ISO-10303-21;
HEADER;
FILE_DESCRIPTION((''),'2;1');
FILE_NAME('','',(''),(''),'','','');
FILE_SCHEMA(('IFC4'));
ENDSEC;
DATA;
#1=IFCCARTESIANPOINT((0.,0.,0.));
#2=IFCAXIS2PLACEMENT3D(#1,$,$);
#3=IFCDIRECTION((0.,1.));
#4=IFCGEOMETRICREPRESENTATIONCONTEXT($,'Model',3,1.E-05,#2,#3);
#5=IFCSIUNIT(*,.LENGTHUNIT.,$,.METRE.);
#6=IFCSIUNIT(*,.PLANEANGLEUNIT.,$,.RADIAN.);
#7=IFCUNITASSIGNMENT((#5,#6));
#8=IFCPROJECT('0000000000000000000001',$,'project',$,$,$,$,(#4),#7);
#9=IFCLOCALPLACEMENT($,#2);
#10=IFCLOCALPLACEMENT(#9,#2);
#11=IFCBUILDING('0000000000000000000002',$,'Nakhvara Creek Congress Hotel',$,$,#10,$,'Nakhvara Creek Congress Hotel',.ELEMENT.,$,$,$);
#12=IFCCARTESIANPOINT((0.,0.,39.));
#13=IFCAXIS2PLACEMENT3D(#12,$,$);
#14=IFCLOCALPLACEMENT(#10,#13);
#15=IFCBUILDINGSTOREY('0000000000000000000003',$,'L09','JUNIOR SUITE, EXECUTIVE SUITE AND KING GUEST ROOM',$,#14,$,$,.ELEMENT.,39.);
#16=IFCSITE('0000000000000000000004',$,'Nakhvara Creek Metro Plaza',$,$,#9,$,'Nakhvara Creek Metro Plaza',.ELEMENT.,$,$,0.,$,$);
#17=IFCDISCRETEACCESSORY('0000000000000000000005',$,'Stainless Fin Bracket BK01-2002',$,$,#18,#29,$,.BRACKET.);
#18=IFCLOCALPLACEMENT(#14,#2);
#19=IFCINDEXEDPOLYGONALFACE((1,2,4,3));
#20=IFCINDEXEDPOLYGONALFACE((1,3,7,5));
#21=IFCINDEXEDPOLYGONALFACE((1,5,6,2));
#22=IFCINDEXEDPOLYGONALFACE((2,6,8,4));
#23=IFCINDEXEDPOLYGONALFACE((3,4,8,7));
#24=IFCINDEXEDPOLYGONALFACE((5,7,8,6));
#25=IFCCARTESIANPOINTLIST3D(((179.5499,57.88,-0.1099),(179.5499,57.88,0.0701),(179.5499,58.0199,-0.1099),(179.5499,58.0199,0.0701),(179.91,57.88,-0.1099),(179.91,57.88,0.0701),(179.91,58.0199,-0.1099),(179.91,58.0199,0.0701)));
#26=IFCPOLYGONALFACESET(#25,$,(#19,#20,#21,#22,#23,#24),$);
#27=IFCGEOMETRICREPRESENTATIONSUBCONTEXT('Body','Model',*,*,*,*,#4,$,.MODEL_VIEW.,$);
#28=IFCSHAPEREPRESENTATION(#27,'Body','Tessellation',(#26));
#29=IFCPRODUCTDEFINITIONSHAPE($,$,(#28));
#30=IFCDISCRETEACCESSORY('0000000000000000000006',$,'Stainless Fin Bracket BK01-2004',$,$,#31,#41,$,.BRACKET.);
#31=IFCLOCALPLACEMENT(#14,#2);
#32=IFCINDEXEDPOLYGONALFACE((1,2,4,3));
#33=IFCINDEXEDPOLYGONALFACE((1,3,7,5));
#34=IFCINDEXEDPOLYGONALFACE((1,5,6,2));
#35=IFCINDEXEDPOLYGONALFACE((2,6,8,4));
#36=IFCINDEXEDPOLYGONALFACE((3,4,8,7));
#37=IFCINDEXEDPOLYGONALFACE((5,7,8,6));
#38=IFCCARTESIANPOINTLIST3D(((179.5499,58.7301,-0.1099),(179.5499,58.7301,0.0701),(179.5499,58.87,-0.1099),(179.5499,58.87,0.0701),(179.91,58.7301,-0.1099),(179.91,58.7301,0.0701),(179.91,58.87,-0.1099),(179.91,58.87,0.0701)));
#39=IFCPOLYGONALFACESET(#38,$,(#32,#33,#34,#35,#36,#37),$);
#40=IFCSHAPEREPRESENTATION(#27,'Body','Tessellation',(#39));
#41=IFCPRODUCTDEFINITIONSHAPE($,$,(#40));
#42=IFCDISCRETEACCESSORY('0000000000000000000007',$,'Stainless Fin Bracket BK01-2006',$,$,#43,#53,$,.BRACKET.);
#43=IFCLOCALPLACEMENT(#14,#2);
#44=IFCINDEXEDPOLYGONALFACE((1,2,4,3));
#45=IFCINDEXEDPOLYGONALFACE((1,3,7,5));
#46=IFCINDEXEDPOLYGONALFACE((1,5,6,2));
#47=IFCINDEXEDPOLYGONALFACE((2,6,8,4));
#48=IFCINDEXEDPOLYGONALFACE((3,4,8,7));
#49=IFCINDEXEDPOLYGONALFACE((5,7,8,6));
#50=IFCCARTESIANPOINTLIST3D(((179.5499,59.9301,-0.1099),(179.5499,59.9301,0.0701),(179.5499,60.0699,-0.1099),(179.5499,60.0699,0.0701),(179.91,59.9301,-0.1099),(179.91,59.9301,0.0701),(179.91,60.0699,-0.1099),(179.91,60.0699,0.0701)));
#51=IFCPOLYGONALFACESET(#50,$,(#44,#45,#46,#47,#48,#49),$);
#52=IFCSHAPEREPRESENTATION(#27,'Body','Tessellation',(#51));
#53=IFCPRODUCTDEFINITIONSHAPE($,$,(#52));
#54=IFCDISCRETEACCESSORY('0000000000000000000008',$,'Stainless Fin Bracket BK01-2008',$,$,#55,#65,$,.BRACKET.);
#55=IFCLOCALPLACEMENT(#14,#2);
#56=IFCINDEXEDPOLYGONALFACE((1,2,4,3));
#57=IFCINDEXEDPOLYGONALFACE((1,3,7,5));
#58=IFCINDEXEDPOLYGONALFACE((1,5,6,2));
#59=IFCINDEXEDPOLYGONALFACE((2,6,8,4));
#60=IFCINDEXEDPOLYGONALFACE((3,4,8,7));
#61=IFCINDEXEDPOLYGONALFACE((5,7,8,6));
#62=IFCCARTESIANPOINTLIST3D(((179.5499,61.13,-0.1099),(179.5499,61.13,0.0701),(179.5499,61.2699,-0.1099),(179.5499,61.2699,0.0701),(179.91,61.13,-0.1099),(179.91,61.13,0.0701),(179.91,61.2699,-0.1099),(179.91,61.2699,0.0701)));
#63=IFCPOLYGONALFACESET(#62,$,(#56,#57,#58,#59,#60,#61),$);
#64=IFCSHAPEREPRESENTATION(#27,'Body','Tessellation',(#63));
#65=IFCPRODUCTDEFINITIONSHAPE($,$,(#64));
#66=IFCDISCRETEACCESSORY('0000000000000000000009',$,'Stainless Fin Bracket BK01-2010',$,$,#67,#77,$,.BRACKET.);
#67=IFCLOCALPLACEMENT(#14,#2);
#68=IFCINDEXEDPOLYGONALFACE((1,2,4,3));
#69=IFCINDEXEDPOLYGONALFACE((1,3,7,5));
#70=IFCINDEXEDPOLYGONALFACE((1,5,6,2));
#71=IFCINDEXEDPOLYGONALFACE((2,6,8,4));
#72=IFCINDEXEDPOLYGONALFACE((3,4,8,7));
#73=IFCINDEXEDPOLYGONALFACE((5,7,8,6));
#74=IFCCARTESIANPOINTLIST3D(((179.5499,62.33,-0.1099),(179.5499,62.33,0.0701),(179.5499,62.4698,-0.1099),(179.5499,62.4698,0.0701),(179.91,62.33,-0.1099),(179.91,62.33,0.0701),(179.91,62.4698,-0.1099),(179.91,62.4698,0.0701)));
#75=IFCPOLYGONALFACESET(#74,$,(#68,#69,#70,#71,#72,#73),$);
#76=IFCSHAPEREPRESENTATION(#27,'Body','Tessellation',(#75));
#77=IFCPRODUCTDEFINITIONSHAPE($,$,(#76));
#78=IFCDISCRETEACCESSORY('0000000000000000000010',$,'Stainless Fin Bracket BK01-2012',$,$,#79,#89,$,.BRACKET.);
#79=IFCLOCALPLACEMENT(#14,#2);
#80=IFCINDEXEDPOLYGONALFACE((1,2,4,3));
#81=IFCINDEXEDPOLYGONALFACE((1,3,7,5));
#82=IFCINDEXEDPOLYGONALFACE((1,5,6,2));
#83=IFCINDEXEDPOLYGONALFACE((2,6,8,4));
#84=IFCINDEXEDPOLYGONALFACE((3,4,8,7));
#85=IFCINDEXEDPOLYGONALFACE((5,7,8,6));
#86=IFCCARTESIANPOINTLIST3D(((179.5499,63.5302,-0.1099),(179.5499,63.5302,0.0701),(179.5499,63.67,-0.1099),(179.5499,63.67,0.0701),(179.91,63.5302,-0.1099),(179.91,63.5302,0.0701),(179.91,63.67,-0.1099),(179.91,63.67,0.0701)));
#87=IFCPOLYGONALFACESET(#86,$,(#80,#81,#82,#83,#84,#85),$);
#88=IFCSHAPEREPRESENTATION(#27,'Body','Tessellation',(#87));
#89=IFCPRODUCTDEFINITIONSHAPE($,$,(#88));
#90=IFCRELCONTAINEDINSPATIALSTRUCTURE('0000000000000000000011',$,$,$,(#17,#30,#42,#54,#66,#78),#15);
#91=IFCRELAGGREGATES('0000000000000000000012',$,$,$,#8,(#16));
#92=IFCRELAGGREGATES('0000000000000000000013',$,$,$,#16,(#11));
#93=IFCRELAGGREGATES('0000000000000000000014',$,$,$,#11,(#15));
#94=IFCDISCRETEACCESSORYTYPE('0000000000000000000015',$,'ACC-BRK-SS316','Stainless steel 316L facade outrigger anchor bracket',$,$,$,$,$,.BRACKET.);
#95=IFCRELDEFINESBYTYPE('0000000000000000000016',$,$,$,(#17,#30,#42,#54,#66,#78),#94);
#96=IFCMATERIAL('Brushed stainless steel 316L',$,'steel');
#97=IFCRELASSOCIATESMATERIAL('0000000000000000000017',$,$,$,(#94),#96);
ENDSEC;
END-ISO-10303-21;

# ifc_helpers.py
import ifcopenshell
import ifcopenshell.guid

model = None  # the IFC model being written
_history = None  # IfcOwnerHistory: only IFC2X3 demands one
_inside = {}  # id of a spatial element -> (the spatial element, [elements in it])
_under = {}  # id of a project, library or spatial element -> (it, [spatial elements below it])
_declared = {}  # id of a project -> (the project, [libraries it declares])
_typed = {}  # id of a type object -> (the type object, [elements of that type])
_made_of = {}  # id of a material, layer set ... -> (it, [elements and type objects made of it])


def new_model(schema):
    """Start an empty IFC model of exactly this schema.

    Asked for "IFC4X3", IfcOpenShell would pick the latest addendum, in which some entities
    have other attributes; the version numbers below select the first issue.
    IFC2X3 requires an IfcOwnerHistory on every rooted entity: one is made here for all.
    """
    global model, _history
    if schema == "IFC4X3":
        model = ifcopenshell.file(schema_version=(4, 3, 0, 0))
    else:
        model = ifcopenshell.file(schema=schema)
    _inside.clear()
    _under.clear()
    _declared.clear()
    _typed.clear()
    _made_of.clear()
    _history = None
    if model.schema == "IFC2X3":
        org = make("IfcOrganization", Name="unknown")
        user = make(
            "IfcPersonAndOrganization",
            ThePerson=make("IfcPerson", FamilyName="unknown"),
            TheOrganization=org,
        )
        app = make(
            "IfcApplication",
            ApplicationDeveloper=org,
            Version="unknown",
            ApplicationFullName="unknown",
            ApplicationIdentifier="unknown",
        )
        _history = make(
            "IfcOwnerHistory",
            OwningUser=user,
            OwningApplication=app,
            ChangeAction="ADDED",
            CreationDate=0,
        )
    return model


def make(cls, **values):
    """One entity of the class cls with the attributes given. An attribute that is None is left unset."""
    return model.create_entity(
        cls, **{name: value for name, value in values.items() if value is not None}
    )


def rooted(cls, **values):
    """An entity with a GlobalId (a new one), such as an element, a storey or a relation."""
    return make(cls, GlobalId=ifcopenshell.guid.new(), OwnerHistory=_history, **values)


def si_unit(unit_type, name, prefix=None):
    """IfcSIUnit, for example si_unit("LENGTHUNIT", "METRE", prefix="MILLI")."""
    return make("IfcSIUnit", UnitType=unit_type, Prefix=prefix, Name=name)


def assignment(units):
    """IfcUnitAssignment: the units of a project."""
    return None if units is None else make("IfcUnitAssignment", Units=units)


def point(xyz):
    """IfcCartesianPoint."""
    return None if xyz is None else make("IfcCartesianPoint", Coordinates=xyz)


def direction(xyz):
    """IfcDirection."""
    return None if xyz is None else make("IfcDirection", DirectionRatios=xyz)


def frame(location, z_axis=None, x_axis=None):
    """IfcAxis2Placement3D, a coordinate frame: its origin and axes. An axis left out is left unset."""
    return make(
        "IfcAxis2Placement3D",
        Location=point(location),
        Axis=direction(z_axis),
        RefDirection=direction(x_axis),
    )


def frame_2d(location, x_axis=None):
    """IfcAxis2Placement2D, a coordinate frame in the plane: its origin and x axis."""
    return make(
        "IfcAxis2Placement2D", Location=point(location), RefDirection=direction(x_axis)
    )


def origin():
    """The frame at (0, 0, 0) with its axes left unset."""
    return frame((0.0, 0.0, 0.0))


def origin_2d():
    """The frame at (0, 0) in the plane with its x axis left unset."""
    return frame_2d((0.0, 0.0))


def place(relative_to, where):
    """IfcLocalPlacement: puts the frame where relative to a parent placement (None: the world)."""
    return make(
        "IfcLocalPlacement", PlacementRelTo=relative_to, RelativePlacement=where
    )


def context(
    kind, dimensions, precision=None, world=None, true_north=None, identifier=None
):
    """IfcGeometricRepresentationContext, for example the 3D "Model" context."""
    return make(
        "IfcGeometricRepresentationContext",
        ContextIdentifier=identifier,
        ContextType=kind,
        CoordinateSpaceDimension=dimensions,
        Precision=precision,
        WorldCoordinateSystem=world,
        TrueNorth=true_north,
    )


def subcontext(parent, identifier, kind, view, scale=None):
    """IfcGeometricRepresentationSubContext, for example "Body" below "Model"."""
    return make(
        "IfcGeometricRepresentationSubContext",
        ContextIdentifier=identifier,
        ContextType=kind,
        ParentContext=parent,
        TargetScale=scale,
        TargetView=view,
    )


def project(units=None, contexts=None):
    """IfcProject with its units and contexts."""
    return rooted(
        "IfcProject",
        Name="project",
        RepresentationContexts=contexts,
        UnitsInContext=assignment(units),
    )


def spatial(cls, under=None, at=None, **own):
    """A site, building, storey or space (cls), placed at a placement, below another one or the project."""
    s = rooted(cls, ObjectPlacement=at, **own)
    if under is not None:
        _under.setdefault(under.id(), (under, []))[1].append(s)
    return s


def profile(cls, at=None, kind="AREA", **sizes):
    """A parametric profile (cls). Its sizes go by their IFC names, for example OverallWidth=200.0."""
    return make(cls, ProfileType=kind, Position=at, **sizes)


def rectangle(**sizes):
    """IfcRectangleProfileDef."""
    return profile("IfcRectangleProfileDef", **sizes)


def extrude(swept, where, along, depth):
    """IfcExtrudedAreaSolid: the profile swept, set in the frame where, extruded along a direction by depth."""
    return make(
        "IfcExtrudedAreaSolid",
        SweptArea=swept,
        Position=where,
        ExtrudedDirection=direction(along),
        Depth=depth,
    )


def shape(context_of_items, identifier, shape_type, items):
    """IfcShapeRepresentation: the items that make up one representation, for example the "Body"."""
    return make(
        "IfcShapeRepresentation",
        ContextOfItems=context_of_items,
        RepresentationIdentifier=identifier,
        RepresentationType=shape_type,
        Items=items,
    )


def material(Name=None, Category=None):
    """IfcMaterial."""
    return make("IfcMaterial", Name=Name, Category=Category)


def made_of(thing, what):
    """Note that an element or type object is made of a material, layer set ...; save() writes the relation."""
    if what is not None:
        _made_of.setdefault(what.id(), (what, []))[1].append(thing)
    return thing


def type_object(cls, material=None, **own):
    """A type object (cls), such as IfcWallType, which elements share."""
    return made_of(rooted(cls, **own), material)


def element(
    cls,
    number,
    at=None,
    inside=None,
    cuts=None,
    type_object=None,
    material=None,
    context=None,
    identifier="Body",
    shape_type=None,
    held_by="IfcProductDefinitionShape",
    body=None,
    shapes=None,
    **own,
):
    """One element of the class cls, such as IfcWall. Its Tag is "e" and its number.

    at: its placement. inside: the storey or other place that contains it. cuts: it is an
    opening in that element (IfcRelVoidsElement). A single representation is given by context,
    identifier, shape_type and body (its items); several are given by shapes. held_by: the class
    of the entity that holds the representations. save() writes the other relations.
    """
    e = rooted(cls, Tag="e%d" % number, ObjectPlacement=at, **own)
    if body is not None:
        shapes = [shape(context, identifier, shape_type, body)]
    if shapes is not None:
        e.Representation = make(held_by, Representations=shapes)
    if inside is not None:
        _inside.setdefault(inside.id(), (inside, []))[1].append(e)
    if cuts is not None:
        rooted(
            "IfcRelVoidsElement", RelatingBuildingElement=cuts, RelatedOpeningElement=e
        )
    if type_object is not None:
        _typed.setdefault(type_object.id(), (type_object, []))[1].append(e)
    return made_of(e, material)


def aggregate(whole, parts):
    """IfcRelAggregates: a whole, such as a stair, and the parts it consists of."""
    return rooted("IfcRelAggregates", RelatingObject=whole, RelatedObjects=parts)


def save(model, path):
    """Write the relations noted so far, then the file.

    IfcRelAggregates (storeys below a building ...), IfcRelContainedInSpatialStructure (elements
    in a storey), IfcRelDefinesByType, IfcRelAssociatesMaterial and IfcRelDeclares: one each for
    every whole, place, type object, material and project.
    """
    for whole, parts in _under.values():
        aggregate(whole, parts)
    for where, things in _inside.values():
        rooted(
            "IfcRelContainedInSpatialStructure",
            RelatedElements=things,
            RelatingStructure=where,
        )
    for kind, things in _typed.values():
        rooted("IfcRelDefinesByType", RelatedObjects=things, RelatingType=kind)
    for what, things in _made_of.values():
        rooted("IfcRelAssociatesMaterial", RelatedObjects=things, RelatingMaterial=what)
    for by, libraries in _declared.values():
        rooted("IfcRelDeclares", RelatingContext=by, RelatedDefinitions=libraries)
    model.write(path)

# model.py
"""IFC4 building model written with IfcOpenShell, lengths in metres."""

from ifc_helpers import new_model, si_unit, direction, frame, origin, origin_2d, place, context, subcontext, project, spatial, rectangle, extrude, material, type_object, element, save


model = new_model("IFC4")

# Units and contexts
model_context = context("Model", 3, precision=1e-05, world=origin(), true_north=direction((0.0, 1.0)))
body_context = subcontext(model_context, "Body", "Model", "MODEL_VIEW")
ifc_project = project(units=[si_unit("LENGTHUNIT", "METRE"), si_unit("PLANEANGLEUNIT", "RADIAN")], contexts=[model_context])

# Site, building, storey
site_placement = place(None, origin())
site = spatial("IfcSite", under=ifc_project, at=site_placement, Name="Nakhvara Creek Metro Plaza", LongName="Nakhvara Creek Metro Plaza", CompositionType="ELEMENT", RefElevation=0.0)
building_placement = place(site_placement, origin())
building = spatial("IfcBuilding", under=site, at=building_placement, Name="Nakhvara Creek Congress Hotel", LongName="Nakhvara Creek Congress Hotel", CompositionType="ELEMENT")
storey_placement = place(building_placement, frame((0.0, 0.0, 39.0)))
storey = spatial("IfcBuildingStorey", under=building, at=storey_placement, Name="L09", Description="JUNIOR SUITE, EXECUTIVE SUITE AND KING GUEST ROOM", CompositionType="ELEMENT", Elevation=39.0)

# Shared definitions
ifc_material_1 = material(Name="Brushed stainless steel 316L", Category="steel")

# Discrete accessories
discrete_accessory_type = type_object("IfcDiscreteAccessoryType", Name="ACC-BRK-SS316", Description="Stainless steel 316L facade outrigger anchor bracket", PredefinedType="BRACKET", material=ifc_material_1)
for number, where, z_axis, x_axis, name in (
    (1, (179.73, 57.95, -0.1099), (0.0, 0.0, 1.0), (0.0, 1.0, 0.0), "Stainless Fin Bracket BK01-2002"),
    (2, (179.73, 58.8, -0.1099), (0.0, 0.0, 1.0), (0.0, 1.0, 0.0), "Stainless Fin Bracket BK01-2004"),
    (3, (179.73, 60.0, -0.1099), (0.0, 0.0, 1.0), (0.0, 1.0, 0.0), "Stainless Fin Bracket BK01-2006"),
    (4, (179.73, 61.2, -0.1099), (0.0, 0.0, 1.0), (0.0, 1.0, 0.0), "Stainless Fin Bracket BK01-2008"),
    (5, (179.73, 62.3999, -0.1099), (0.0, 0.0, 1.0), (0.0, 1.0, 0.0), "Stainless Fin Bracket BK01-2010"),
    (6, (179.73, 63.6001, -0.1099), (0.0, 0.0, 1.0), (0.0, 1.0, 0.0), "Stainless Fin Bracket BK01-2012"),
):
    element("IfcDiscreteAccessory", number, at=place(storey_placement, frame(where, z_axis=z_axis, x_axis=x_axis)), inside=storey, type_object=discrete_accessory_type, Name=name, PredefinedType="BRACKET", context=body_context, shape_type="SweptSolid", body=[
        extrude(rectangle(XDim=0.1399, YDim=0.3601, at=origin_2d()), origin(), (0.0, 0.0, 1.0), 0.1799),
    ])

save(model, "model.ifc")
